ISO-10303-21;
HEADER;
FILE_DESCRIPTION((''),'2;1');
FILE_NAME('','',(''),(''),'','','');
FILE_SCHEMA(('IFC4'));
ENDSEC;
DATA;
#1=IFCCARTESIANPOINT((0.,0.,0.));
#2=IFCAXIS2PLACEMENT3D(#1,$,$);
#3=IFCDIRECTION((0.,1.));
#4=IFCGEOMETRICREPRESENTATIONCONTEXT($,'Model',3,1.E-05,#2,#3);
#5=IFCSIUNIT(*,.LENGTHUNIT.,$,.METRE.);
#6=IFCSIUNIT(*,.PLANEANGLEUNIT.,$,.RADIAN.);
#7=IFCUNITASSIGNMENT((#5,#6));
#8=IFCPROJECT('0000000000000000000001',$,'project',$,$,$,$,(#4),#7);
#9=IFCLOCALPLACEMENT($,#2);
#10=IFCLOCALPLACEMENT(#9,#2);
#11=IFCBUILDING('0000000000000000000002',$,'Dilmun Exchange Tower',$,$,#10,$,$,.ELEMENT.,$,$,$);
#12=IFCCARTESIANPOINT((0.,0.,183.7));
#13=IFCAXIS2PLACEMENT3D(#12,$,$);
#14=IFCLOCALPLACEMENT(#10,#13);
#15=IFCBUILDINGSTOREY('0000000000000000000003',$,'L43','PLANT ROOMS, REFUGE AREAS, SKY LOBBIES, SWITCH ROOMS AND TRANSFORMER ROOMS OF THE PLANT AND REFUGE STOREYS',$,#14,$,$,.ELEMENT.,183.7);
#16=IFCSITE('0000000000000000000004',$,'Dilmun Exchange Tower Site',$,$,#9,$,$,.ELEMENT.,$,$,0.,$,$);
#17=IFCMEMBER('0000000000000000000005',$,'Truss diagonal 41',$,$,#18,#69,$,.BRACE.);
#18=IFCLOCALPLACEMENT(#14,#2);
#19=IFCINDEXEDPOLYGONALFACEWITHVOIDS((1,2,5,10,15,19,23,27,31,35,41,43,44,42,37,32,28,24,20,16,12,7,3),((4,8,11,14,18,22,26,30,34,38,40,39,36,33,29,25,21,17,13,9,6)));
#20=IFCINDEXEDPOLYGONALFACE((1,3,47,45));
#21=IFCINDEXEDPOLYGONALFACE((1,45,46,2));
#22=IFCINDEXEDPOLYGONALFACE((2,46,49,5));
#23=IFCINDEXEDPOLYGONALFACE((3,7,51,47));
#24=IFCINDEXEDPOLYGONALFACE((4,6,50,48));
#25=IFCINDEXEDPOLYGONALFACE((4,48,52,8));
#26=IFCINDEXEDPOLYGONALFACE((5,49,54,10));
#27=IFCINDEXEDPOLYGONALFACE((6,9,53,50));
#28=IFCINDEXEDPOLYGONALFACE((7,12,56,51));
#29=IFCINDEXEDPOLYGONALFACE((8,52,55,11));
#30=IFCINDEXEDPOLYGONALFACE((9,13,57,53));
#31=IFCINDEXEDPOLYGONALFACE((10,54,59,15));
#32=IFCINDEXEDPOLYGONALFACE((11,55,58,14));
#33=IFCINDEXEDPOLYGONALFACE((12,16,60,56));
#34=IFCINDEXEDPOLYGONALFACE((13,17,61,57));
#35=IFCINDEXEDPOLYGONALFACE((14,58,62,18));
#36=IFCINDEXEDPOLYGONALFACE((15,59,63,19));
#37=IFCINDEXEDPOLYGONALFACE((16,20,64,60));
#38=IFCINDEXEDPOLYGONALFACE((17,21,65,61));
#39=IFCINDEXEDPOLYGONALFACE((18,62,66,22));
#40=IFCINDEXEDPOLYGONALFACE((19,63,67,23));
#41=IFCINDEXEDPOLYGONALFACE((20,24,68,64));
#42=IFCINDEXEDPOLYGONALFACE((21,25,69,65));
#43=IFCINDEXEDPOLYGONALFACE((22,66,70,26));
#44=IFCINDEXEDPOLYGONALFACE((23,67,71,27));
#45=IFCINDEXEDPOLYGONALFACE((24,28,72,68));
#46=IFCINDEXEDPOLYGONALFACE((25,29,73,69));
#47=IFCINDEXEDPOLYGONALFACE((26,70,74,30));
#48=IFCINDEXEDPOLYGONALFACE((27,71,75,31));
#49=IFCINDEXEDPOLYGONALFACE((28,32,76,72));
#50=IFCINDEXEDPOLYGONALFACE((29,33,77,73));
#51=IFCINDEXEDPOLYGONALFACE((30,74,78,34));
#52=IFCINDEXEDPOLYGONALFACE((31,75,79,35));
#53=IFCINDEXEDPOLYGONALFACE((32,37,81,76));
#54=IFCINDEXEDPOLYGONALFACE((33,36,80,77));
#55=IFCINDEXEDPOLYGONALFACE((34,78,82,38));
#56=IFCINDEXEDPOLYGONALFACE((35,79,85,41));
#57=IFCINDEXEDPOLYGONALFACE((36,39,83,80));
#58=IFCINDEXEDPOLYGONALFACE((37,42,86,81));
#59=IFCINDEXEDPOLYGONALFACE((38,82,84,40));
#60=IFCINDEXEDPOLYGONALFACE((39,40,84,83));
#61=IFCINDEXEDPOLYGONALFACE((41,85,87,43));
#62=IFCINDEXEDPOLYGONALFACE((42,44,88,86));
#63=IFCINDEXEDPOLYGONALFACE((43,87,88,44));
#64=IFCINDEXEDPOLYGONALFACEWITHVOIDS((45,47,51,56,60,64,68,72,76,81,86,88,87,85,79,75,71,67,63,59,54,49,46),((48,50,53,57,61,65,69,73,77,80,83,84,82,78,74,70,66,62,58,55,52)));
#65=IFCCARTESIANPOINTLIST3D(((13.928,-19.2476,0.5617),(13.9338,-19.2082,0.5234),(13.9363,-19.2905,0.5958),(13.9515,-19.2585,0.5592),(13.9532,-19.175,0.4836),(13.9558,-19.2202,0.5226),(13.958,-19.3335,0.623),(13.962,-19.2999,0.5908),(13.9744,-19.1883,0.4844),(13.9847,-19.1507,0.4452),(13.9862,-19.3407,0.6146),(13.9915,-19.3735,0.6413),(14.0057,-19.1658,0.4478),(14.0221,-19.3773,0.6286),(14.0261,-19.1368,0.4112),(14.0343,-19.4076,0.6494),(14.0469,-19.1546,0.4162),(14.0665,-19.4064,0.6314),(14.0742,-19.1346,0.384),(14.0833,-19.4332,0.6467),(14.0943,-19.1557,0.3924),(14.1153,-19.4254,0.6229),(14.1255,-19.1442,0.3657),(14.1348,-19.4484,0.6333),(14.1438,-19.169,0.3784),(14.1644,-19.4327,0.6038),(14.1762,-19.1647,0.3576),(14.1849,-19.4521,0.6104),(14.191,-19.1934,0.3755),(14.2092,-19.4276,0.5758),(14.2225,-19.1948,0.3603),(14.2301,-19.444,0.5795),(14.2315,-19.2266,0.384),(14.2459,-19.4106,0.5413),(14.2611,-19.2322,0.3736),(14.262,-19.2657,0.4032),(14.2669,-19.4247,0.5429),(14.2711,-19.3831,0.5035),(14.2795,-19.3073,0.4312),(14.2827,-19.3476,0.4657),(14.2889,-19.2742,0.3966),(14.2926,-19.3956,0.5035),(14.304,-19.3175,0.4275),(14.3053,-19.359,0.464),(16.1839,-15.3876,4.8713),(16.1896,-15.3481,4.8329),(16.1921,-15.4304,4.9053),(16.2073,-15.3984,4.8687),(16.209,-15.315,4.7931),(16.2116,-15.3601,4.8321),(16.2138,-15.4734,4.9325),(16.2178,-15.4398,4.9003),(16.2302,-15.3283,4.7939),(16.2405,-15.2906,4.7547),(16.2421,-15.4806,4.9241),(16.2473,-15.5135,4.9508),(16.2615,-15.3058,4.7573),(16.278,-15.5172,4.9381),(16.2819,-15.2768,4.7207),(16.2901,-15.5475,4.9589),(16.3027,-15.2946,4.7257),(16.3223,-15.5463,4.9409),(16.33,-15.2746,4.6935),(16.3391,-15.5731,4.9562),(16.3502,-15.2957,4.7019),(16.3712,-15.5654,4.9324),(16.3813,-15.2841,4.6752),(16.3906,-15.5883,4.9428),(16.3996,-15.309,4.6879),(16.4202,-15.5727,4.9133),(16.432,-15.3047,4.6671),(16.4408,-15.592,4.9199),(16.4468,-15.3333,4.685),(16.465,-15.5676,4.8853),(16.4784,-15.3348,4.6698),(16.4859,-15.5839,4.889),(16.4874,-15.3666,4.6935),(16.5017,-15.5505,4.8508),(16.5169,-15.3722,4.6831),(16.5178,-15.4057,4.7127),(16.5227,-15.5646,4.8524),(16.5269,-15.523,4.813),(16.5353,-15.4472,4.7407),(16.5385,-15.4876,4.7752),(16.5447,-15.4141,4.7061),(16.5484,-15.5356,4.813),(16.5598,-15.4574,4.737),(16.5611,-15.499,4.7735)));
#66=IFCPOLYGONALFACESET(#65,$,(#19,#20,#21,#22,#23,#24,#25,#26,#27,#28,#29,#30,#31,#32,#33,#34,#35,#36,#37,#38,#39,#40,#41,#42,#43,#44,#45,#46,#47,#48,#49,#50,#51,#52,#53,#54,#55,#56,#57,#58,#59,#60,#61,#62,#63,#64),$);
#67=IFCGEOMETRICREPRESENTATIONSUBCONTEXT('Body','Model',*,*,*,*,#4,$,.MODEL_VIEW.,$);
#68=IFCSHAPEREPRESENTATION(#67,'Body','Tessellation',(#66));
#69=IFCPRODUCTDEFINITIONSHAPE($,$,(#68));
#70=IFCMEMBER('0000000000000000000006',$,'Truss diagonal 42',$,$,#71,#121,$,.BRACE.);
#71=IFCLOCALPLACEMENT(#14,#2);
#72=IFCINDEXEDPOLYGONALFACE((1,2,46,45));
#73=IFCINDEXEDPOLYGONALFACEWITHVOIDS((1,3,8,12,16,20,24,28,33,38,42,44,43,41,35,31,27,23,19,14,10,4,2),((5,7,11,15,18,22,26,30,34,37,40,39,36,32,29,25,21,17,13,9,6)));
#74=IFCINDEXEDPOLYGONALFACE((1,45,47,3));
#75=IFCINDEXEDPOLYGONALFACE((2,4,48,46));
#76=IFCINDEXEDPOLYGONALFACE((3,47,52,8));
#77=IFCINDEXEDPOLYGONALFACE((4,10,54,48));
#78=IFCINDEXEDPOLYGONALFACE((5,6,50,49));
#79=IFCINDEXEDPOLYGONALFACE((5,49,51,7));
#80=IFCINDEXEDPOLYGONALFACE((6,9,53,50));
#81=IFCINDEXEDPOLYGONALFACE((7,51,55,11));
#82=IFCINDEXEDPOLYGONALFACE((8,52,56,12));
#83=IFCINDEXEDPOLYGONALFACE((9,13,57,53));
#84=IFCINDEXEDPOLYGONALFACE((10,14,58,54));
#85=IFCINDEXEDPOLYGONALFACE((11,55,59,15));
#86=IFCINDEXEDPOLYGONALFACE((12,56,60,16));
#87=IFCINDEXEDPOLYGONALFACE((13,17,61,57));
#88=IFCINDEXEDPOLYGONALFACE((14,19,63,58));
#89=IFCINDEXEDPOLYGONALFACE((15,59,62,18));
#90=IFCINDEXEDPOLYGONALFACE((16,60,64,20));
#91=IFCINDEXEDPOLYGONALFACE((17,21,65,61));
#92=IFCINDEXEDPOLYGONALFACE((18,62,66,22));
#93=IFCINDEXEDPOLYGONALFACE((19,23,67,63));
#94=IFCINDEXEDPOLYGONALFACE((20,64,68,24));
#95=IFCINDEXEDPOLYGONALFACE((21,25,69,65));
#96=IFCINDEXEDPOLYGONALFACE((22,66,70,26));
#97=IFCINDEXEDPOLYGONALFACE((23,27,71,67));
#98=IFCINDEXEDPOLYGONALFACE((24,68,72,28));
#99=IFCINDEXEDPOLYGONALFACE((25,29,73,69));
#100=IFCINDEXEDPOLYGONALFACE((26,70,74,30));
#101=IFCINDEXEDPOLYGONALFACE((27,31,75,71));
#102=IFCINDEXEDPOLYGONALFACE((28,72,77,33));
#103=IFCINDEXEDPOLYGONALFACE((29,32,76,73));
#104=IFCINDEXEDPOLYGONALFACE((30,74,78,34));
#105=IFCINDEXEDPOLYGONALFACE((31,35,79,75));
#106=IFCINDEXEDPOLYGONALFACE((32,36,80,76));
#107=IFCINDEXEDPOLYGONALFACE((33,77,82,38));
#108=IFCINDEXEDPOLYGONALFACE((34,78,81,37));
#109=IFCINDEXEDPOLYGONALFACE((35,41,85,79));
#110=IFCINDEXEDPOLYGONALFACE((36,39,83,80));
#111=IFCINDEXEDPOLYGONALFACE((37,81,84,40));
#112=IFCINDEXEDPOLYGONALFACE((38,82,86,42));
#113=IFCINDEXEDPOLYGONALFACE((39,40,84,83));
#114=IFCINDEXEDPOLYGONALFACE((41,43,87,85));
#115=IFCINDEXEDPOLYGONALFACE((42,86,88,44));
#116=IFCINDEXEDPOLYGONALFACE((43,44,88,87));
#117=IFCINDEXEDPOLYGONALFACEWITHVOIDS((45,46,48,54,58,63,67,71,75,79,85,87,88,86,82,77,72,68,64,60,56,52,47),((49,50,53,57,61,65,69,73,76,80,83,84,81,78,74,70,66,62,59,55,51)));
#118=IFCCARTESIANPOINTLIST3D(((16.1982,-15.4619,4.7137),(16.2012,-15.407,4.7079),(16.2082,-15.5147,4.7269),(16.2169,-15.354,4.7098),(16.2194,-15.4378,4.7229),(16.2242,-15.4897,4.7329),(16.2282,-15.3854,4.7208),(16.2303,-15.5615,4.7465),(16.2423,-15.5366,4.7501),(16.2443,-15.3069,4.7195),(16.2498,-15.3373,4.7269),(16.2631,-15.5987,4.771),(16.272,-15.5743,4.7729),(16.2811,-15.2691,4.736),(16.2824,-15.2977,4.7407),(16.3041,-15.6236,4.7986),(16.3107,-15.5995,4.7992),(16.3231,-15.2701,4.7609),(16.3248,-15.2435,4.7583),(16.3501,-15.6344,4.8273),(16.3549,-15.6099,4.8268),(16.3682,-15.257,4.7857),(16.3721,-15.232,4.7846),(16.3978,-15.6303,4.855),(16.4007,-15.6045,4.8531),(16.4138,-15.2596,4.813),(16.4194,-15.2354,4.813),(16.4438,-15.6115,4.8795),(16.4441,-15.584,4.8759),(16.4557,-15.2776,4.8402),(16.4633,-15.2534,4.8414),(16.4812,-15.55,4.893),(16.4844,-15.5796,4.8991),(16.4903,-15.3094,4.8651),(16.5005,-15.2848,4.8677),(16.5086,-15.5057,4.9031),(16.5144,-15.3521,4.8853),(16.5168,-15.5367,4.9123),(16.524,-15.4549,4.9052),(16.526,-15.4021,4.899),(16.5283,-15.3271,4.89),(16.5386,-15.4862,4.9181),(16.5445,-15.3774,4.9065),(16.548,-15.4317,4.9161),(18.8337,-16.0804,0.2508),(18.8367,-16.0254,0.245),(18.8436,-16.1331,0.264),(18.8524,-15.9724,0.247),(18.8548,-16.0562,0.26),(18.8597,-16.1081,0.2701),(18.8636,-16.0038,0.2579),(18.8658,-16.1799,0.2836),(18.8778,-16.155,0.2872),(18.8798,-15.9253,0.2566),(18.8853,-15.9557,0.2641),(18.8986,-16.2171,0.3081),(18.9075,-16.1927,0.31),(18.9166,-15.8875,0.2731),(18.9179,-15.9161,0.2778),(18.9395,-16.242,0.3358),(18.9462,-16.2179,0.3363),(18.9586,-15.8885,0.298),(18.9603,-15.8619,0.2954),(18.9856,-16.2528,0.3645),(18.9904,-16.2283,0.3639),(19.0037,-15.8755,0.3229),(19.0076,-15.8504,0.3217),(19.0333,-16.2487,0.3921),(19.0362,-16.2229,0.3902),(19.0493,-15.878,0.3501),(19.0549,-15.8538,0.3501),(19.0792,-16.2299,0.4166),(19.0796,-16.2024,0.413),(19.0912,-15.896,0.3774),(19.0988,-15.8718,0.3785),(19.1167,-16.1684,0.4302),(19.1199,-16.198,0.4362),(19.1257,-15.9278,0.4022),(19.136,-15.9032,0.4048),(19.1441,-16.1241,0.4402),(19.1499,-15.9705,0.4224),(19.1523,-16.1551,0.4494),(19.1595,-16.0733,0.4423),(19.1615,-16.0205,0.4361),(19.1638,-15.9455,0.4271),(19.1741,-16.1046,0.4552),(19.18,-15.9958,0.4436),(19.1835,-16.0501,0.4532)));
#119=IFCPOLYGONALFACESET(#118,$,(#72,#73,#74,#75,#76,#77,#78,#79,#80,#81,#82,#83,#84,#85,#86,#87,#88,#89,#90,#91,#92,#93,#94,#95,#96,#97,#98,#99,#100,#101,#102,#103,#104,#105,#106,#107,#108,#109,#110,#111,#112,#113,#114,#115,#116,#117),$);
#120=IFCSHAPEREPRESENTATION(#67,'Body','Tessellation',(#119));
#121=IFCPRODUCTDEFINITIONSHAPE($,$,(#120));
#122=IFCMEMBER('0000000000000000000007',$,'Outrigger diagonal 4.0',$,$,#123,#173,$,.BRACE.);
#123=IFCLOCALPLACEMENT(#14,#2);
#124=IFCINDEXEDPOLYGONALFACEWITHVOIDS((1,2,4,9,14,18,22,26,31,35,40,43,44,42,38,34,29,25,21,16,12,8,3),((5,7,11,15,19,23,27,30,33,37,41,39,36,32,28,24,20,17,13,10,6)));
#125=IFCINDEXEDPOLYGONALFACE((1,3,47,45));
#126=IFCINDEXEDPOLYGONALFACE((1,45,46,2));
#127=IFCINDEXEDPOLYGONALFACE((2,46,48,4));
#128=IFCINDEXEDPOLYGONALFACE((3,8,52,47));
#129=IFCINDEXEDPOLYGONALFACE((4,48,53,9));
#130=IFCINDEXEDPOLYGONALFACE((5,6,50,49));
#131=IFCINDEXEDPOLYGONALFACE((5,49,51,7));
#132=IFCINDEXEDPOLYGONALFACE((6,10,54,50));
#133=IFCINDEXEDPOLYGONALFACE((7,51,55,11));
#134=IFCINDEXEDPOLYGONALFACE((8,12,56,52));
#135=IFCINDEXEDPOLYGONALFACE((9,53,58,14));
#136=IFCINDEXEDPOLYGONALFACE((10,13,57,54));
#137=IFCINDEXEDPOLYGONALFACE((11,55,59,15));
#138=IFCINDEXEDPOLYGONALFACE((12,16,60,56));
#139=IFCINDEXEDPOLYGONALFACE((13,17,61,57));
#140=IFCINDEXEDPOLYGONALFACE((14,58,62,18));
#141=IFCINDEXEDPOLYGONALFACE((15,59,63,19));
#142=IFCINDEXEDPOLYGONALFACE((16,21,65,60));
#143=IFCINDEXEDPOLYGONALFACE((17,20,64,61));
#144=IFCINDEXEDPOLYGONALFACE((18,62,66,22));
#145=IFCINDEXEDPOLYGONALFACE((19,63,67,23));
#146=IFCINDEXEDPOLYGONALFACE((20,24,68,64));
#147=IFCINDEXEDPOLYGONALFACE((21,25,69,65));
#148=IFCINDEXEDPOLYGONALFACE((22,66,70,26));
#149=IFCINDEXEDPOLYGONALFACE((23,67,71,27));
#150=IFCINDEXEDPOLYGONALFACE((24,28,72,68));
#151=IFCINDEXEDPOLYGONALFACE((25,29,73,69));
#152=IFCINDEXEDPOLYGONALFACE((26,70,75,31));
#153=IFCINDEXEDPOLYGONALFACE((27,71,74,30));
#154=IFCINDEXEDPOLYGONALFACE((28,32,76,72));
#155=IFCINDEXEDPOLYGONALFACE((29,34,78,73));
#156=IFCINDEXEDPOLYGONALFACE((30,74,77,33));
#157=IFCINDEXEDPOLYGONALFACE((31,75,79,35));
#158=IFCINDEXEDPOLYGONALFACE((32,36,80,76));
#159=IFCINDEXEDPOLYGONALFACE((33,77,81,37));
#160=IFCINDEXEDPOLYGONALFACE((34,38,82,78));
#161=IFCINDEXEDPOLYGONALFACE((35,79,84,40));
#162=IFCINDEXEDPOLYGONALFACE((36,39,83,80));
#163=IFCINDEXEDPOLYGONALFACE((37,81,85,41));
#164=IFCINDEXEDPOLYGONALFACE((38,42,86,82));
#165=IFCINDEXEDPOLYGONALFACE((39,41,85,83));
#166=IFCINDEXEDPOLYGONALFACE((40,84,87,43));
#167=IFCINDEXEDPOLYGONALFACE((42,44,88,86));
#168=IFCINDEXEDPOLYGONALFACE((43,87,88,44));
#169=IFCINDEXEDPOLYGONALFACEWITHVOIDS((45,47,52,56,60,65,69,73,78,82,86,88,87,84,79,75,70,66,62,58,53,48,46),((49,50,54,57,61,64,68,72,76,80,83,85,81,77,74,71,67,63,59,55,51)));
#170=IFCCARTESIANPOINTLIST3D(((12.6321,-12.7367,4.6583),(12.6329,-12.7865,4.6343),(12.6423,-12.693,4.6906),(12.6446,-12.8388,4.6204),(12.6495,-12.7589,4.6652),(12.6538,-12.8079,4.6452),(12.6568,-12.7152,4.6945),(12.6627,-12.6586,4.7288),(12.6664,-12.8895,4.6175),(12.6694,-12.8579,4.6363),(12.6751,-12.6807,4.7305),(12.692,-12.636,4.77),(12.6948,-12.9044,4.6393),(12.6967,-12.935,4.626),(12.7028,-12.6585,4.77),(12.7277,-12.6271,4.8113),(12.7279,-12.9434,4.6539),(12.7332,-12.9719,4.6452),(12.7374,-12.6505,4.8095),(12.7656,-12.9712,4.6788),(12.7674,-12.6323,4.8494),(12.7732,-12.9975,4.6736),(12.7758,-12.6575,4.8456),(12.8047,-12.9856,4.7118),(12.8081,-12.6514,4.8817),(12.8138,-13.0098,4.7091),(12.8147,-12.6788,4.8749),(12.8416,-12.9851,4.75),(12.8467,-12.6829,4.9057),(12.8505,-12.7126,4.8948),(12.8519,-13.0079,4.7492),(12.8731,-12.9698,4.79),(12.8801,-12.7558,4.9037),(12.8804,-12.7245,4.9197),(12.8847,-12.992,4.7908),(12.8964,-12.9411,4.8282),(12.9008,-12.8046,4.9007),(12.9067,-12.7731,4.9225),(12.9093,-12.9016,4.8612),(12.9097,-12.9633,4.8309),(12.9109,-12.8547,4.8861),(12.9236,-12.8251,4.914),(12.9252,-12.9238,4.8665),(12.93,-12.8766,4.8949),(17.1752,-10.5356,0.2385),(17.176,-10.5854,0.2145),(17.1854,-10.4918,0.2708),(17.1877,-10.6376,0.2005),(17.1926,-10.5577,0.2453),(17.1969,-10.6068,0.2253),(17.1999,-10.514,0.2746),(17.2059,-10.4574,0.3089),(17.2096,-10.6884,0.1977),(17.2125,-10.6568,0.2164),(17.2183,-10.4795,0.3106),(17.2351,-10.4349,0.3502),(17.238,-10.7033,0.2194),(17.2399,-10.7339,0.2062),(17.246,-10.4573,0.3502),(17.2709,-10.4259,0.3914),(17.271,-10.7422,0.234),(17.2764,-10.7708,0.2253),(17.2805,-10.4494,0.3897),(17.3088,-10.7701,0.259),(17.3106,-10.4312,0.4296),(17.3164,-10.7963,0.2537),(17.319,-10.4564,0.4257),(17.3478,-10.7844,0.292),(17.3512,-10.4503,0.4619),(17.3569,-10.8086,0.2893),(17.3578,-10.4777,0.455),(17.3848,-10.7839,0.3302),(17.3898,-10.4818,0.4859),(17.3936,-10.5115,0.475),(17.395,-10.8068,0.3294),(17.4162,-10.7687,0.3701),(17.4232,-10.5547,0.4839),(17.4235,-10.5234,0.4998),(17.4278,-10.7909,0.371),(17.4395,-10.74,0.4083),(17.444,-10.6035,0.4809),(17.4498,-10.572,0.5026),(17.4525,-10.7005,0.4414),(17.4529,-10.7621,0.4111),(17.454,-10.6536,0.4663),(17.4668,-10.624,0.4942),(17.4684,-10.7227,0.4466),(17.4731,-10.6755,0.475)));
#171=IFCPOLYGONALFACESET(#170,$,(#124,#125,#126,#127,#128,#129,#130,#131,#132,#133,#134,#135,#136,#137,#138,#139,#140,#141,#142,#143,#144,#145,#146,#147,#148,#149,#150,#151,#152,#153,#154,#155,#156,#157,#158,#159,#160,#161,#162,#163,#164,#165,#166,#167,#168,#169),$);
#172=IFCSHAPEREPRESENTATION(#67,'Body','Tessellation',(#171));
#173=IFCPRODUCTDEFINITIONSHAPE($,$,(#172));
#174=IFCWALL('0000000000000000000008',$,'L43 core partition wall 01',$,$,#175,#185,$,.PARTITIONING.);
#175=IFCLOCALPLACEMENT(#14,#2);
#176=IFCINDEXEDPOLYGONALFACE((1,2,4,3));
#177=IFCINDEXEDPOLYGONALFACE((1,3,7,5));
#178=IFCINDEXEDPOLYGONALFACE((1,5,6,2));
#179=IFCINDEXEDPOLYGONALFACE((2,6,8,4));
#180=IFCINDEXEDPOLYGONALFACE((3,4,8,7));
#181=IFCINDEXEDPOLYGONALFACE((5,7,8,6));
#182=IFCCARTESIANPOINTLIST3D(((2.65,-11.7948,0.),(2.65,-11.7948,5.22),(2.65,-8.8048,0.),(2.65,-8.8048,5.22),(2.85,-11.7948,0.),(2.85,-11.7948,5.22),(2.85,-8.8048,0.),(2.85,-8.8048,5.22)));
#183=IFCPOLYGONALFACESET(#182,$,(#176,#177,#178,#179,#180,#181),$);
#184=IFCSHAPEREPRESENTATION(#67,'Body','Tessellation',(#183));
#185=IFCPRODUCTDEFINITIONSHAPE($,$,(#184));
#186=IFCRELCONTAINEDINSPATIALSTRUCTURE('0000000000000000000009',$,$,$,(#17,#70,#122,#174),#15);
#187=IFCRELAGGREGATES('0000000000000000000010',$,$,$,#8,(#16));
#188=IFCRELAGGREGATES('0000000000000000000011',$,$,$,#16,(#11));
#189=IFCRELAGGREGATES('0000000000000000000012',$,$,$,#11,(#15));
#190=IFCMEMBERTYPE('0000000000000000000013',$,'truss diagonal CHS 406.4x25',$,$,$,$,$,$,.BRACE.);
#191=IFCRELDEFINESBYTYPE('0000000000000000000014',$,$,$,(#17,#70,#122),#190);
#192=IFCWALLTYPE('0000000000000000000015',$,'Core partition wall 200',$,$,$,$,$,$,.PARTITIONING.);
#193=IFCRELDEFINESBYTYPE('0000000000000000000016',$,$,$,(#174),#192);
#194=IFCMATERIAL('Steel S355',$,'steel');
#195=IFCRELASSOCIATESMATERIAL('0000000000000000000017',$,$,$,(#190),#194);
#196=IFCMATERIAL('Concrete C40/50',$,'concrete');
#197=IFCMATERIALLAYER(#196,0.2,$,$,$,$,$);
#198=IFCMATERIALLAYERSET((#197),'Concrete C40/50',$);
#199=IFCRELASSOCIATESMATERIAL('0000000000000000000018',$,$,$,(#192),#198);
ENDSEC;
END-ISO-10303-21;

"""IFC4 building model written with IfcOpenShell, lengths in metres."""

from ifc_helpers import new_model, si_unit, direction, frame, frame_2d, origin, origin_2d, place, context, subcontext, project, spatial, rectangle, hollow_circle, extrude, material, layer, layer_set, material_profile, profile_set, type_object, element, save


model = new_model("IFC4")

# Units and contexts
model_context = context("Model", 3, precision=1e-05, world=origin(), true_north=direction((0.0, 1.0)))
body_context = subcontext(model_context, "Body", "Model", "MODEL_VIEW")
ifc_project = project(units=[si_unit("LENGTHUNIT", "METRE"), si_unit("PLANEANGLEUNIT", "RADIAN")], contexts=[model_context])

# Site, building, storey
site_placement = place(None, origin())
site = spatial("IfcSite", under=ifc_project, at=site_placement, Name="Dilmun Exchange Tower Site", CompositionType="ELEMENT", RefElevation=0.0)
building_placement = place(site_placement, origin())
building = spatial("IfcBuilding", under=site, at=building_placement, Name="Dilmun Exchange Tower", CompositionType="ELEMENT")
storey_placement = place(building_placement, frame((0.0, 0.0, 183.7)))
storey = spatial("IfcBuildingStorey", under=building, at=storey_placement, Name="L43", Description="PLANT ROOMS, REFUGE AREAS, SKY LOBBIES, SWITCH ROOMS AND TRANSFORMER ROOMS OF THE PLANT AND REFUGE STOREYS", CompositionType="ELEMENT", Elevation=183.7)

# Shared definitions
ifc_material_1 = material(Name="Steel S355", Category="steel")

# Members
ifc_material_profile_1 = material_profile(ifc_material_1, hollow_circle(Radius=0.2031, WallThickness=0.0249, at=origin_2d()), Name="CHS 406.4x25")
ifc_profile_set_1 = profile_set([ifc_material_profile_1], Name="Steel S355")
member_type = type_object("IfcMemberType", Name="truss diagonal CHS 406.4x25", PredefinedType="BRACE", material=ifc_profile_set_1)
member_1_placement = place(storey_placement, frame((16.373, -15.4331, 4.813), z_axis=(-0.363274, -0.621615, -0.693994), x_axis=(0.863377, -0.50456, 0.0)))
element("IfcMember", 1, at=member_1_placement, inside=storey, type_object=member_type, Name="Truss diagonal 41", PredefinedType="BRACE", context=body_context, shape_type="SweptSolid", body=[
    extrude(hollow_circle(Radius=0.2031, WallThickness=0.0249, at=origin_2d()), origin(), (0.0, 0.0, 1.0), 6.2097),
])
member_2_placement = place(storey_placement, frame((16.373, -15.4331, 4.813), z_axis=(0.50491, -0.118475, -0.855003), x_axis=(0.228441, 0.973558, 0.0)))
element("IfcMember", 2, at=member_2_placement, inside=storey, type_object=member_type, Name="Truss diagonal 42", PredefinedType="BRACE", context=body_context, shape_type="SweptSolid", body=[
    extrude(hollow_circle(Radius=0.2031, WallThickness=0.0249, at=origin_2d()), origin(), (0.0, 0.0, 1.0), 5.2197),
])
member_3_placement = place(storey_placement, frame((12.7805, -12.8188, 4.77), z_axis=(0.677099, 0.328052, -0.658725), x_axis=(-0.436017, 0.899938, 0.0)))
element("IfcMember", 3, at=member_3_placement, inside=storey, type_object=member_type, Name="Outrigger diagonal 4.0", PredefinedType="BRACE", context=body_context, shape_type="SweptSolid", body=[
    extrude(hollow_circle(Radius=0.2031, WallThickness=0.0249, at=origin_2d()), origin(), (0.0, 0.0, 1.0), 6.7097),
])

# Wall
ifc_material_2 = material(Name="Concrete C40/50", Category="concrete")
ifc_layer_1 = layer(ifc_material_2, 0.2)
ifc_layer_set_1 = layer_set([ifc_layer_1], Name="Concrete C40/50")
wall_type_1 = type_object("IfcWallType", Name="Core partition wall 200", PredefinedType="PARTITIONING", material=ifc_layer_set_1)
wall_1_placement = place(storey_placement, frame((2.75, -11.7949, 0.0), z_axis=(0.0, 0.0, 1.0), x_axis=(0.0, 1.0, 0.0)))
element("IfcWall", 4, at=wall_1_placement, inside=storey, type_object=wall_type_1, Name="L43 core partition wall 01", PredefinedType="PARTITIONING", context=body_context, shape_type="SweptSolid", body=[
    extrude(rectangle(XDim=2.99, YDim=0.2, at=frame_2d((1.4951, 0.0))), origin(), (0.0, 0.0, 1.0), 5.22),
])

save(model, "model.ifc")
